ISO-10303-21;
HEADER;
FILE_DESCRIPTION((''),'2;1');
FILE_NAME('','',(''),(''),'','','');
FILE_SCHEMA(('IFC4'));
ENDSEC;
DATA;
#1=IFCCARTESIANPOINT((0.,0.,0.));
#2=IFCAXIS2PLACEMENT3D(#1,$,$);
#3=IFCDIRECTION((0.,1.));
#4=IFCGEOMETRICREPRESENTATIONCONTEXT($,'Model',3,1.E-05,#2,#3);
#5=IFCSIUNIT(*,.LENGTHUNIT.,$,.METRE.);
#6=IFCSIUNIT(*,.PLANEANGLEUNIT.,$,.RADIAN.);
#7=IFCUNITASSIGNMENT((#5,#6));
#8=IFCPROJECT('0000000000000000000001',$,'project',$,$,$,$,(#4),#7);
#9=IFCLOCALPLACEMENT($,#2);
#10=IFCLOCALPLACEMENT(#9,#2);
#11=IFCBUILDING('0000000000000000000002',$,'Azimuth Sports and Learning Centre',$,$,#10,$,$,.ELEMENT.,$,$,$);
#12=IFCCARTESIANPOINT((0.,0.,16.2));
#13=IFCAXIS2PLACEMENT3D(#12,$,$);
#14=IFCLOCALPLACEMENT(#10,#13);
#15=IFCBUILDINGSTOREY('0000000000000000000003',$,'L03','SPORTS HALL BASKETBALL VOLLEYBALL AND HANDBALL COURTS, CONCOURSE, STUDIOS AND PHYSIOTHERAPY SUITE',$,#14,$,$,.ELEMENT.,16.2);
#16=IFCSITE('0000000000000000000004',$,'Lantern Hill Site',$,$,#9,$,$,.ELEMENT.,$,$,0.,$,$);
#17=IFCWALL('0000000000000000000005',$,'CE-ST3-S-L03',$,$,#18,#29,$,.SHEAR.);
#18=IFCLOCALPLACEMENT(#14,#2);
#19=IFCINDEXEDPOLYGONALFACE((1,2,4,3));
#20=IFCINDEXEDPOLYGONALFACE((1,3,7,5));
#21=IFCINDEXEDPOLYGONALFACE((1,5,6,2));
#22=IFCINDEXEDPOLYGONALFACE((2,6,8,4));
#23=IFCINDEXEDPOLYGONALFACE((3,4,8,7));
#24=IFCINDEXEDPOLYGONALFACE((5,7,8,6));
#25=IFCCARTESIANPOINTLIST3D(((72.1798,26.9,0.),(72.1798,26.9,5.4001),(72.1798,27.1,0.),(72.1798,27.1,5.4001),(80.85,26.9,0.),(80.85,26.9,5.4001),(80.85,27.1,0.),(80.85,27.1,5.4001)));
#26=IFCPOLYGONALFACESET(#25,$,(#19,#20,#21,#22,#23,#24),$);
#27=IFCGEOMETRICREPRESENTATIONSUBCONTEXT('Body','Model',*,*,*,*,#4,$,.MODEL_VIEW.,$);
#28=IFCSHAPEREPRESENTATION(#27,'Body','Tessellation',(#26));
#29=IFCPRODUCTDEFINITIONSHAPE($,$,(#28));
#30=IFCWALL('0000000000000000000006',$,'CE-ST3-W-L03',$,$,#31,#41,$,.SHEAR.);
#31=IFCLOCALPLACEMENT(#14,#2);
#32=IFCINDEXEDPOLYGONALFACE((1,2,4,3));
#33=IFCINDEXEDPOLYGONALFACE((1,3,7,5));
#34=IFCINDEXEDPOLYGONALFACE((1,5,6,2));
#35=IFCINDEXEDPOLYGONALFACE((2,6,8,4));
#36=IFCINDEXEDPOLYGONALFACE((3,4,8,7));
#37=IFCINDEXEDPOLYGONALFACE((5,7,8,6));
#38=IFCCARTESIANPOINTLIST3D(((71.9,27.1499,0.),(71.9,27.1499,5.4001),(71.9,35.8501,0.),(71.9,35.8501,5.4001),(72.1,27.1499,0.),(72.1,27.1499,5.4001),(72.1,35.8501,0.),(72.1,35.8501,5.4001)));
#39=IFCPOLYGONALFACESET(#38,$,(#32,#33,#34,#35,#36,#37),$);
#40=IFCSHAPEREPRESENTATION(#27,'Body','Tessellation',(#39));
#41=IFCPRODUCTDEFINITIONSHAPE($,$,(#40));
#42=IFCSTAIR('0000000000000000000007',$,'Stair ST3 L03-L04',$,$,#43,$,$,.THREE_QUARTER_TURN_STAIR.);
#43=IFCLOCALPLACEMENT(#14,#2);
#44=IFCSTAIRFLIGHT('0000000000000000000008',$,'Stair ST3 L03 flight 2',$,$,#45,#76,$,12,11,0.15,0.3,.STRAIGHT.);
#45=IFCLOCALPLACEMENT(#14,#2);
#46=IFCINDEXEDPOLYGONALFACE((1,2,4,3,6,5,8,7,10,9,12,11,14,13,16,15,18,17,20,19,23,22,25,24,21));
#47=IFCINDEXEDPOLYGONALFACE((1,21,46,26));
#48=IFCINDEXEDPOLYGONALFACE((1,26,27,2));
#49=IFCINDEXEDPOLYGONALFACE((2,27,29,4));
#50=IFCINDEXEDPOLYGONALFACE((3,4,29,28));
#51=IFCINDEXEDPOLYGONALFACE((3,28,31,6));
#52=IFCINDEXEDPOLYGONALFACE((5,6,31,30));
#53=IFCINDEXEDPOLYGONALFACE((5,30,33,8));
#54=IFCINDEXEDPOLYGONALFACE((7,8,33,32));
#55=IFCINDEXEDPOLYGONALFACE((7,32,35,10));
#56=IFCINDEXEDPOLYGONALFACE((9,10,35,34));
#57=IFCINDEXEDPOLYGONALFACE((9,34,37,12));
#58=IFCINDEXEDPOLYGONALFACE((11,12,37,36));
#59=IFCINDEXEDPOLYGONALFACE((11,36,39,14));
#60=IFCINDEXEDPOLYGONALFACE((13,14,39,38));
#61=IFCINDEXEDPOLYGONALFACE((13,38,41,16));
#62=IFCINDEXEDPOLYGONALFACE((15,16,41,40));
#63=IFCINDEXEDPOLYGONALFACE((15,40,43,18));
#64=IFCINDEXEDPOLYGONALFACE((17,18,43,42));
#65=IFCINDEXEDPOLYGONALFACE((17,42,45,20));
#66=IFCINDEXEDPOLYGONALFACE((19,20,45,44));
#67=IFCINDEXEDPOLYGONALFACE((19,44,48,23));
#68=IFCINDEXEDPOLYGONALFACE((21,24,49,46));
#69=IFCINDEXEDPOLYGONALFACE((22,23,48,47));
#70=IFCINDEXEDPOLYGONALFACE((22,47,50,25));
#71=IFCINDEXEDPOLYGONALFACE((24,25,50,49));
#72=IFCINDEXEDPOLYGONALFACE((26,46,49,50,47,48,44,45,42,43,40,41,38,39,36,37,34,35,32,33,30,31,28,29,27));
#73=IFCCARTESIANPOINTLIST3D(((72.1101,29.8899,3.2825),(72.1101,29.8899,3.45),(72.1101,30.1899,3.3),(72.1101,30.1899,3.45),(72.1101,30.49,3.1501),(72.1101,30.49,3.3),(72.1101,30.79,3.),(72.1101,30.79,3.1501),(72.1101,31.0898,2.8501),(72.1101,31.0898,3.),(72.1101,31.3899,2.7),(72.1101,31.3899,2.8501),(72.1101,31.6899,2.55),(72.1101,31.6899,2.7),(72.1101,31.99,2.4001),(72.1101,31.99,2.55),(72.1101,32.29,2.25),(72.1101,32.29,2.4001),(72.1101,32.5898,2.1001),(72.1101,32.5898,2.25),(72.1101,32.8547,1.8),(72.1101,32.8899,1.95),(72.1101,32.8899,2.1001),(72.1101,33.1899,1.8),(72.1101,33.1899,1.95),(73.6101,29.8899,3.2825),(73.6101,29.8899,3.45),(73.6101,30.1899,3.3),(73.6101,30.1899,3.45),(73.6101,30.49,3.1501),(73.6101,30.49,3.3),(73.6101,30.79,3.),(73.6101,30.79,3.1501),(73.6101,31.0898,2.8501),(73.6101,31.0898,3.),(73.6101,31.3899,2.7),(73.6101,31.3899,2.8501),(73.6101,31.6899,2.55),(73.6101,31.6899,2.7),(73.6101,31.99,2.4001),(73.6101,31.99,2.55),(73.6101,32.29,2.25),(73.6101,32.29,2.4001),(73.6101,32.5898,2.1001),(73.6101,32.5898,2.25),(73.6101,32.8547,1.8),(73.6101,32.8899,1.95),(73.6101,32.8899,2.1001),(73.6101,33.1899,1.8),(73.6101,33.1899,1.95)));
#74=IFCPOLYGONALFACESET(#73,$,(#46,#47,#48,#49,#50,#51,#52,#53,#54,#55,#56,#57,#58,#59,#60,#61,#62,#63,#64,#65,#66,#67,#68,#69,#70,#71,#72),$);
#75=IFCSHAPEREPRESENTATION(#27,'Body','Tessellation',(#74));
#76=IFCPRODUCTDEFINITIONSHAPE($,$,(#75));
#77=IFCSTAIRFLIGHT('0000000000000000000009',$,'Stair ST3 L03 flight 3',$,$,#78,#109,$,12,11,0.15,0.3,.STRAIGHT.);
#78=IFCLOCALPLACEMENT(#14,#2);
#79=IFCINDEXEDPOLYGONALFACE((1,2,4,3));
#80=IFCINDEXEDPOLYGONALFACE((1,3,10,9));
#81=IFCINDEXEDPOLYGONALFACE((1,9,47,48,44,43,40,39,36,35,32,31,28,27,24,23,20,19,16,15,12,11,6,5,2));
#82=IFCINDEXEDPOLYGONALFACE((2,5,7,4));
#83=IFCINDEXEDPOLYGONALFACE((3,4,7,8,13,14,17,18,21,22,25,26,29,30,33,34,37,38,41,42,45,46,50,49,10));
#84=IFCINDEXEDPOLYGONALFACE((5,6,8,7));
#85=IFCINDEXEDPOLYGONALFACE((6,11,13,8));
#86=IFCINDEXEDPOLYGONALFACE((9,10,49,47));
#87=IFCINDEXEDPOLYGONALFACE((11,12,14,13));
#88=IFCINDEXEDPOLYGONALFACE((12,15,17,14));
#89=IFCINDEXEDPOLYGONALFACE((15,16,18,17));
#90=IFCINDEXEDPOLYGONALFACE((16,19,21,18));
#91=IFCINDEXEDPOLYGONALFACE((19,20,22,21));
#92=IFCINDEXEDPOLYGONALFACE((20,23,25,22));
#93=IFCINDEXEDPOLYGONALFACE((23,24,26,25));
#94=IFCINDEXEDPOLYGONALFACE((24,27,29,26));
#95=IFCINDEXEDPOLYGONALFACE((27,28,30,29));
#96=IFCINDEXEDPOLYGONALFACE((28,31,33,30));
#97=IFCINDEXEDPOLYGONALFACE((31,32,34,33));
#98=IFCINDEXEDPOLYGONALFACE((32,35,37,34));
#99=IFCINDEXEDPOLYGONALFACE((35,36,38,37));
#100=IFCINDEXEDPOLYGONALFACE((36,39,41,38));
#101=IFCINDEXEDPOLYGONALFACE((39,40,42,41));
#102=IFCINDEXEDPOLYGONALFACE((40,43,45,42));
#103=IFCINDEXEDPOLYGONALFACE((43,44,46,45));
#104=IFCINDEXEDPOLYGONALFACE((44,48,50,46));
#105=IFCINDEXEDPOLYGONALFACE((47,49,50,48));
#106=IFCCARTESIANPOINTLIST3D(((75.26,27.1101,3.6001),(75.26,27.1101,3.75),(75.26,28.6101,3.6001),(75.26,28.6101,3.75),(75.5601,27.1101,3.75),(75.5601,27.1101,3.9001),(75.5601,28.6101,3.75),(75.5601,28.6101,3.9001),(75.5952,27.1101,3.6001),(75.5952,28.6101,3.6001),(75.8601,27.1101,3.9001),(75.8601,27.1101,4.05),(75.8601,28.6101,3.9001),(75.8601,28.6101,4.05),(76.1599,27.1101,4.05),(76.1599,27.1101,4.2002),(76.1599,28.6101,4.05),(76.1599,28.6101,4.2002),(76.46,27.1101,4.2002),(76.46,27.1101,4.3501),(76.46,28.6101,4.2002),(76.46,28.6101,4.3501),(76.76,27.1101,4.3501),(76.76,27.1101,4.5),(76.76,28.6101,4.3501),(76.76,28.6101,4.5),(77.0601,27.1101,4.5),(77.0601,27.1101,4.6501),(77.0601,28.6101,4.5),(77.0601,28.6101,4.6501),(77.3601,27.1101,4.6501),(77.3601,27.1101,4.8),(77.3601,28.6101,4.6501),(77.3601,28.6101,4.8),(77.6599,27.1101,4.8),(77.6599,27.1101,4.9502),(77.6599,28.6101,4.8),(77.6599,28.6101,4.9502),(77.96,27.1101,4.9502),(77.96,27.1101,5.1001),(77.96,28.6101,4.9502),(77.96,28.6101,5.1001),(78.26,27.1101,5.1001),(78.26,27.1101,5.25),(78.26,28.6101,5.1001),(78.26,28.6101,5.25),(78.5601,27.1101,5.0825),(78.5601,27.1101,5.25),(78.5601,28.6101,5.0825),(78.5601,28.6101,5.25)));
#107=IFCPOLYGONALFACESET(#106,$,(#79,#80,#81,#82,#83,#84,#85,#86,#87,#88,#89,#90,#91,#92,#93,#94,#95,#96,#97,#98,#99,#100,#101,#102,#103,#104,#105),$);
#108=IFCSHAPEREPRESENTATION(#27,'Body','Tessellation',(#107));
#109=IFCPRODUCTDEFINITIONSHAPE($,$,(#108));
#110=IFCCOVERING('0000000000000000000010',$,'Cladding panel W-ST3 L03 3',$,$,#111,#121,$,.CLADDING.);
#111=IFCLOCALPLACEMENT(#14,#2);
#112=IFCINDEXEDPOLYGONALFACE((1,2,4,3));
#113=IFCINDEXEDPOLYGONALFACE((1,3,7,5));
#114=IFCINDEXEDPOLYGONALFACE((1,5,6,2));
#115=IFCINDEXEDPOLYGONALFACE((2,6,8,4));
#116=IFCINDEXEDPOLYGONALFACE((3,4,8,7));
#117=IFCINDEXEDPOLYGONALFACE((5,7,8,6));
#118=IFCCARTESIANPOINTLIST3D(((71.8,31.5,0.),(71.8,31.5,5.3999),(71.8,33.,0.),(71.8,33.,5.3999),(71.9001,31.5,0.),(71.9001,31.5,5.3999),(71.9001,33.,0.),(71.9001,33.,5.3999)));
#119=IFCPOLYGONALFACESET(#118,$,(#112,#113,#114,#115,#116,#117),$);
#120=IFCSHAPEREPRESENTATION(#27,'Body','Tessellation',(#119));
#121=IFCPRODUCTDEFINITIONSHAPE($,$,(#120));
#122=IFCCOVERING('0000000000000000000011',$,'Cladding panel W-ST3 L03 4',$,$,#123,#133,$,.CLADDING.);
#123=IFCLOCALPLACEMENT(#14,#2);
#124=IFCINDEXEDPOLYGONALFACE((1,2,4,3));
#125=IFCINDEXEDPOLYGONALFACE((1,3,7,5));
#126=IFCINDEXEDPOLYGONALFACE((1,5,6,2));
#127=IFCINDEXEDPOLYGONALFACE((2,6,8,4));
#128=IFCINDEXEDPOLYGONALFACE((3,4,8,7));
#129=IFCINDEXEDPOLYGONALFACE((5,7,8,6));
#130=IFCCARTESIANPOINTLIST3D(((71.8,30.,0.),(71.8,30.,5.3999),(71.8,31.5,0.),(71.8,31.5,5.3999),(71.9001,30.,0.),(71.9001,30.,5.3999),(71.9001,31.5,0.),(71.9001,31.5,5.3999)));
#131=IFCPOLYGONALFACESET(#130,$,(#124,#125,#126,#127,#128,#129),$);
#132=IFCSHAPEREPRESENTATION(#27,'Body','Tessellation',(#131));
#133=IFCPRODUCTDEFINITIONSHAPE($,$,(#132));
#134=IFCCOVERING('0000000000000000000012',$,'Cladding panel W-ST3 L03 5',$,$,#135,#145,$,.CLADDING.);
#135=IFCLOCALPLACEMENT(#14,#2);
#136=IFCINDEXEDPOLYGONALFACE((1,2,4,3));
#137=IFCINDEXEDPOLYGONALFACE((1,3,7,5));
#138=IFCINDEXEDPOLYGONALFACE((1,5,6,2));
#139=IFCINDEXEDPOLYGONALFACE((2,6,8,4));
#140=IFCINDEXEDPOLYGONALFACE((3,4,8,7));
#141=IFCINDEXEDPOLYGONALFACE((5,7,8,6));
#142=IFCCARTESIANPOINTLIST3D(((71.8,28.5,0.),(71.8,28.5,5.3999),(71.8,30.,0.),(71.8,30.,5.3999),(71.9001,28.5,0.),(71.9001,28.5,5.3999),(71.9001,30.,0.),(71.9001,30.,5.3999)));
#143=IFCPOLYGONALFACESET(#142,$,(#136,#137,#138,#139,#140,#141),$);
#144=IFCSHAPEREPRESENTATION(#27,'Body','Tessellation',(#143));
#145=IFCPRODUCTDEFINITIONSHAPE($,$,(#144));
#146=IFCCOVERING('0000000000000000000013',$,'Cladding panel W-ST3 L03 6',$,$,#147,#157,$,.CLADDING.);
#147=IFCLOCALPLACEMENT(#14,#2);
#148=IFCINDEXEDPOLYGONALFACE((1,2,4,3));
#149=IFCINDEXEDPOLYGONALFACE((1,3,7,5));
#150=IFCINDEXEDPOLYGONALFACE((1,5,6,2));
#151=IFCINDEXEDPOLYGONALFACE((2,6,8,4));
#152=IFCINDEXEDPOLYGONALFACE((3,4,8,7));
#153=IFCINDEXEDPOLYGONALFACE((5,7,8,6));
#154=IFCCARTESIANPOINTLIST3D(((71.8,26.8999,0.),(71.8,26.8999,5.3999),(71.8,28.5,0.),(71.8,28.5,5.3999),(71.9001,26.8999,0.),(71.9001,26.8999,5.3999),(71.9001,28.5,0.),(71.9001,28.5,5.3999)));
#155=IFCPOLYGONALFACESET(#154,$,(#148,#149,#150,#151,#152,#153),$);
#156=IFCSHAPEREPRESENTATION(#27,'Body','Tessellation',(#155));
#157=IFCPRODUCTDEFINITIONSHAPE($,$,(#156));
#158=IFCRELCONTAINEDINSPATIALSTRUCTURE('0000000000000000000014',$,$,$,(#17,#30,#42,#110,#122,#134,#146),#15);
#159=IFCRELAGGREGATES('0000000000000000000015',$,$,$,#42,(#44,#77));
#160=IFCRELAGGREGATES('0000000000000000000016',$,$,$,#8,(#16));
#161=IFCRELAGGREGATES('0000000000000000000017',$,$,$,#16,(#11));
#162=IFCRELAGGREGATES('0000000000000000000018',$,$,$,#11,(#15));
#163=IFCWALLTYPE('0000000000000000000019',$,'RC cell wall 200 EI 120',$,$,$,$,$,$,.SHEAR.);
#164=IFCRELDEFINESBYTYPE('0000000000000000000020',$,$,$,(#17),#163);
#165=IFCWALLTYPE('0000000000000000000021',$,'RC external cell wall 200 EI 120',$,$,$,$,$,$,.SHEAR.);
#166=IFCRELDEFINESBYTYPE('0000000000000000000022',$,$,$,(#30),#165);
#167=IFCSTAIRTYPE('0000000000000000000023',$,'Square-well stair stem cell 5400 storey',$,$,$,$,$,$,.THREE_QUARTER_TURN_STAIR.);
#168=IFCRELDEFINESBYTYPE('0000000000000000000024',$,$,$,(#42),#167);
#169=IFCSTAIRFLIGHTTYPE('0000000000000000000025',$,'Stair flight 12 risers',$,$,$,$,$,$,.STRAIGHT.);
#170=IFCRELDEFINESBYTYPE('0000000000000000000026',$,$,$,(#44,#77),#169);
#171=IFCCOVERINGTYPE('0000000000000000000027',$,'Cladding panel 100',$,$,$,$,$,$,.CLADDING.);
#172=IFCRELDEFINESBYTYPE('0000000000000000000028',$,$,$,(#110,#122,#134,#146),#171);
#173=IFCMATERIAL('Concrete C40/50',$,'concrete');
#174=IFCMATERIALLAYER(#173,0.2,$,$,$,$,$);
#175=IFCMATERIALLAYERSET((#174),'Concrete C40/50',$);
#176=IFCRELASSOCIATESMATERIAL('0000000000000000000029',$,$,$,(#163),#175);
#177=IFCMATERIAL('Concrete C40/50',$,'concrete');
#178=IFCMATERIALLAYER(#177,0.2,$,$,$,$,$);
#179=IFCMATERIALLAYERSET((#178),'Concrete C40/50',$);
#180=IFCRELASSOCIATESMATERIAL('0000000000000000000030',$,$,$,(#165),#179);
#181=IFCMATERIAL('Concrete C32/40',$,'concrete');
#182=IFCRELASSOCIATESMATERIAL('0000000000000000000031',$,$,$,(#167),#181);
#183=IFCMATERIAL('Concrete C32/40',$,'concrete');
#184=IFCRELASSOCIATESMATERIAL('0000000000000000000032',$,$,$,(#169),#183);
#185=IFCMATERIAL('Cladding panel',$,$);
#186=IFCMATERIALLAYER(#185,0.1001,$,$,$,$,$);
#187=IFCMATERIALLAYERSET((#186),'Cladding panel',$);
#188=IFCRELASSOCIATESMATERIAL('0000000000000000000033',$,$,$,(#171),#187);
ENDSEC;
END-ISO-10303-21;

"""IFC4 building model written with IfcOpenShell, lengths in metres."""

from ifc_helpers import new_model, si_unit, direction, frame, frame_2d, origin, origin_2d, place, context, subcontext, project, spatial, polyline, rectangle, outline, extrude, material, layer, layer_set, type_object, element, aggregate, save


model = new_model("IFC4")

# Units and contexts
model_context = context("Model", 3, precision=1e-05, world=origin(), true_north=direction((0.0, 1.0)))
body_context = subcontext(model_context, "Body", "Model", "MODEL_VIEW")
ifc_project = project(units=[si_unit("LENGTHUNIT", "METRE"), si_unit("PLANEANGLEUNIT", "RADIAN")], contexts=[model_context])

# Site, building, storey
site_placement = place(None, origin())
site = spatial("IfcSite", under=ifc_project, at=site_placement, Name="Lantern Hill Site", CompositionType="ELEMENT", RefElevation=0.0)
building_placement = place(site_placement, origin())
building = spatial("IfcBuilding", under=site, at=building_placement, Name="Azimuth Sports and Learning Centre", CompositionType="ELEMENT")
storey_placement = place(building_placement, frame((0.0, 0.0, 16.2)))
storey = spatial("IfcBuildingStorey", under=building, at=storey_placement, Name="L03", Description="SPORTS HALL BASKETBALL VOLLEYBALL AND HANDBALL COURTS, CONCOURSE, STUDIOS AND PHYSIOTHERAPY SUITE", CompositionType="ELEMENT", Elevation=16.2)

# Walls
ifc_material_1 = material(Name="Concrete C40/50", Category="concrete")
ifc_layer_1 = layer(ifc_material_1, 0.2)
ifc_layer_set_1 = layer_set([ifc_layer_1], Name="Concrete C40/50")
wall_type_1 = type_object("IfcWallType", Name="RC cell wall 200 EI 120", PredefinedType="SHEAR", material=ifc_layer_set_1)
wall_1_placement = place(storey_placement, frame((72.1799, 27.0, 0.0), z_axis=(0.0, 0.0, 1.0), x_axis=(1.0, 0.0, 0.0)))
element("IfcWall", 1, at=wall_1_placement, inside=storey, type_object=wall_type_1, Name="CE-ST3-S-L03", PredefinedType="SHEAR", context=body_context, shape_type="SweptSolid", body=[
    extrude(rectangle(XDim=8.6702, YDim=0.2, at=frame_2d((4.335, 0.0))), origin(), (0.0, 0.0, 1.0), 5.4001),
])
ifc_material_2 = material(Name="Concrete C40/50", Category="concrete")
ifc_layer_2 = layer(ifc_material_2, 0.2)
ifc_layer_set_2 = layer_set([ifc_layer_2], Name="Concrete C40/50")
wall_type_2 = type_object("IfcWallType", Name="RC external cell wall 200 EI 120", PredefinedType="SHEAR", material=ifc_layer_set_2)
wall_2_placement = place(storey_placement, frame((72.0, 27.1499, 0.0), z_axis=(0.0, 0.0, 1.0), x_axis=(0.0, 1.0, 0.0)))
element("IfcWall", 2, at=wall_2_placement, inside=storey, type_object=wall_type_2, Name="CE-ST3-W-L03", PredefinedType="SHEAR", context=body_context, shape_type="SweptSolid", body=[
    extrude(rectangle(XDim=8.7002, YDim=0.2, at=frame_2d((4.3501, 0.0))), origin(), (0.0, 0.0, 1.0), 5.4001),
])

# Stair, stair flights
ifc_material_3 = material(Name="Concrete C32/40", Category="concrete")
stair_type = type_object("IfcStairType", Name="Square-well stair stem cell 5400 storey", PredefinedType="THREE_QUARTER_TURN_STAIR", material=ifc_material_3)
stair_placement = place(storey_placement, origin())
stair = element("IfcStair", 3, at=stair_placement, inside=storey, type_object=stair_type, Name="Stair ST3 L03-L04", PredefinedType="THREE_QUARTER_TURN_STAIR")
ifc_material_4 = material(Name="Concrete C32/40", Category="concrete")
stair_flight_type = type_object("IfcStairFlightType", Name="Stair flight 12 risers", PredefinedType="STRAIGHT", material=ifc_material_4)
stair_flight_1_placement = place(storey_placement, frame((72.8601, 33.1899, 1.8), z_axis=(0.0, 0.0, 1.0), x_axis=(0.0, -1.0, 0.0)))
stair_flight_1 = element("IfcStairFlight", 4, at=stair_flight_1_placement, type_object=stair_flight_type, Name="Stair ST3 L03 flight 2", NumberOfRisers=12, NumberOfTreads=11, PredefinedType="STRAIGHT", RiserHeight=0.15, TreadLength=0.3, context=body_context, shape_type="SweptSolid", body=[
    extrude(outline(polyline([(0.0, 0.0), (0.0, 0.1499), (0.3, 0.1499), (0.3, 0.3), (0.6001, 0.3), (0.6001, 0.45), (0.8999, 0.45), (0.8999, 0.6001), (1.2, 0.6001), (1.2, 0.75), (1.5, 0.75), (1.5, 0.8999), (1.8, 0.8999), (1.8, 1.05), (2.1001, 1.05), (2.1001, 1.2), (2.3999, 1.2), (2.3999, 1.3501), (2.7, 1.3501), (2.7, 1.5), (3.0, 1.5), (3.0, 1.6499), (3.3, 1.6499), (3.3, 1.8), (3.3, 1.4824), (0.3352, 0.0), (0.0, 0.0)])), frame((0.0, 0.75, 0.0), z_axis=(0.0, -1.0, 0.0), x_axis=(1.0, 0.0, 0.0)), (0.0, 0.0, 1.0), 1.5),
])
stair_flight_2_placement = place(storey_placement, frame((75.26, 27.8601, 3.6001), z_axis=(0.0, 0.0, 1.0), x_axis=(1.0, 0.0, 0.0)))
stair_flight_2 = element("IfcStairFlight", 5, at=stair_flight_2_placement, type_object=stair_flight_type, Name="Stair ST3 L03 flight 3", NumberOfRisers=12, NumberOfTreads=11, PredefinedType="STRAIGHT", RiserHeight=0.15, TreadLength=0.3, context=body_context, shape_type="SweptSolid", body=[
    extrude(outline(polyline([(0.0, 0.0), (0.0, 0.1499), (0.3, 0.1499), (0.3, 0.3), (0.6001, 0.3), (0.6001, 0.45), (0.8999, 0.45), (0.8999, 0.6001), (1.2, 0.6001), (1.2, 0.75), (1.5, 0.75), (1.5, 0.8999), (1.8, 0.8999), (1.8, 1.05), (2.1001, 1.05), (2.1001, 1.2), (2.3999, 1.2), (2.3999, 1.3501), (2.7, 1.3501), (2.7, 1.5), (3.0, 1.5), (3.0, 1.6499), (3.3, 1.6499), (3.3, 1.8), (3.3, 1.4824), (0.3352, 0.0), (0.0, 0.0)])), frame((0.0, 0.75, 0.0), z_axis=(0.0, -1.0, 0.0), x_axis=(1.0, 0.0, 0.0)), (0.0, 0.0, 1.0), 1.5),
])
aggregate(stair, [stair_flight_1, stair_flight_2])

# Coverings
ifc_material_5 = material(Name="Cladding panel")
ifc_layer_3 = layer(ifc_material_5, 0.1001)
ifc_layer_set_3 = layer_set([ifc_layer_3], Name="Cladding panel")
covering_type = type_object("IfcCoveringType", Name="Cladding panel 100", PredefinedType="CLADDING", material=ifc_layer_set_3)
for number, where, z_axis, x_axis, name in (
    (6, (71.8501, 32.25, 0.0), (0.0, 0.0, 1.0), (0.0, -1.0, 0.0), "Cladding panel W-ST3 L03 3"),
    (7, (71.8501, 30.75, 0.0), (0.0, 0.0, 1.0), (0.0, -1.0, 0.0), "Cladding panel W-ST3 L03 4"),
    (8, (71.8501, 29.25, 0.0), (0.0, 0.0, 1.0), (0.0, -1.0, 0.0), "Cladding panel W-ST3 L03 5"),
):
    element("IfcCovering", number, at=place(storey_placement, frame(where, z_axis=z_axis, x_axis=x_axis)), inside=storey, type_object=covering_type, Name=name, PredefinedType="CLADDING", context=body_context, shape_type="SweptSolid", body=[
        extrude(rectangle(XDim=1.5, YDim=0.1001, at=origin_2d()), origin(), (0.0, 0.0, 1.0), 5.3999),
    ])
covering_placement = place(storey_placement, frame((71.8501, 27.7, 0.0), z_axis=(0.0, 0.0, 1.0), x_axis=(0.0, -1.0, 0.0)))
element("IfcCovering", 9, at=covering_placement, inside=storey, type_object=covering_type, Name="Cladding panel W-ST3 L03 6", PredefinedType="CLADDING", context=body_context, shape_type="SweptSolid", body=[
    extrude(rectangle(XDim=1.6001, YDim=0.1001, at=origin_2d()), origin(), (0.0, 0.0, 1.0), 5.3999),
])

save(model, "model.ifc")
